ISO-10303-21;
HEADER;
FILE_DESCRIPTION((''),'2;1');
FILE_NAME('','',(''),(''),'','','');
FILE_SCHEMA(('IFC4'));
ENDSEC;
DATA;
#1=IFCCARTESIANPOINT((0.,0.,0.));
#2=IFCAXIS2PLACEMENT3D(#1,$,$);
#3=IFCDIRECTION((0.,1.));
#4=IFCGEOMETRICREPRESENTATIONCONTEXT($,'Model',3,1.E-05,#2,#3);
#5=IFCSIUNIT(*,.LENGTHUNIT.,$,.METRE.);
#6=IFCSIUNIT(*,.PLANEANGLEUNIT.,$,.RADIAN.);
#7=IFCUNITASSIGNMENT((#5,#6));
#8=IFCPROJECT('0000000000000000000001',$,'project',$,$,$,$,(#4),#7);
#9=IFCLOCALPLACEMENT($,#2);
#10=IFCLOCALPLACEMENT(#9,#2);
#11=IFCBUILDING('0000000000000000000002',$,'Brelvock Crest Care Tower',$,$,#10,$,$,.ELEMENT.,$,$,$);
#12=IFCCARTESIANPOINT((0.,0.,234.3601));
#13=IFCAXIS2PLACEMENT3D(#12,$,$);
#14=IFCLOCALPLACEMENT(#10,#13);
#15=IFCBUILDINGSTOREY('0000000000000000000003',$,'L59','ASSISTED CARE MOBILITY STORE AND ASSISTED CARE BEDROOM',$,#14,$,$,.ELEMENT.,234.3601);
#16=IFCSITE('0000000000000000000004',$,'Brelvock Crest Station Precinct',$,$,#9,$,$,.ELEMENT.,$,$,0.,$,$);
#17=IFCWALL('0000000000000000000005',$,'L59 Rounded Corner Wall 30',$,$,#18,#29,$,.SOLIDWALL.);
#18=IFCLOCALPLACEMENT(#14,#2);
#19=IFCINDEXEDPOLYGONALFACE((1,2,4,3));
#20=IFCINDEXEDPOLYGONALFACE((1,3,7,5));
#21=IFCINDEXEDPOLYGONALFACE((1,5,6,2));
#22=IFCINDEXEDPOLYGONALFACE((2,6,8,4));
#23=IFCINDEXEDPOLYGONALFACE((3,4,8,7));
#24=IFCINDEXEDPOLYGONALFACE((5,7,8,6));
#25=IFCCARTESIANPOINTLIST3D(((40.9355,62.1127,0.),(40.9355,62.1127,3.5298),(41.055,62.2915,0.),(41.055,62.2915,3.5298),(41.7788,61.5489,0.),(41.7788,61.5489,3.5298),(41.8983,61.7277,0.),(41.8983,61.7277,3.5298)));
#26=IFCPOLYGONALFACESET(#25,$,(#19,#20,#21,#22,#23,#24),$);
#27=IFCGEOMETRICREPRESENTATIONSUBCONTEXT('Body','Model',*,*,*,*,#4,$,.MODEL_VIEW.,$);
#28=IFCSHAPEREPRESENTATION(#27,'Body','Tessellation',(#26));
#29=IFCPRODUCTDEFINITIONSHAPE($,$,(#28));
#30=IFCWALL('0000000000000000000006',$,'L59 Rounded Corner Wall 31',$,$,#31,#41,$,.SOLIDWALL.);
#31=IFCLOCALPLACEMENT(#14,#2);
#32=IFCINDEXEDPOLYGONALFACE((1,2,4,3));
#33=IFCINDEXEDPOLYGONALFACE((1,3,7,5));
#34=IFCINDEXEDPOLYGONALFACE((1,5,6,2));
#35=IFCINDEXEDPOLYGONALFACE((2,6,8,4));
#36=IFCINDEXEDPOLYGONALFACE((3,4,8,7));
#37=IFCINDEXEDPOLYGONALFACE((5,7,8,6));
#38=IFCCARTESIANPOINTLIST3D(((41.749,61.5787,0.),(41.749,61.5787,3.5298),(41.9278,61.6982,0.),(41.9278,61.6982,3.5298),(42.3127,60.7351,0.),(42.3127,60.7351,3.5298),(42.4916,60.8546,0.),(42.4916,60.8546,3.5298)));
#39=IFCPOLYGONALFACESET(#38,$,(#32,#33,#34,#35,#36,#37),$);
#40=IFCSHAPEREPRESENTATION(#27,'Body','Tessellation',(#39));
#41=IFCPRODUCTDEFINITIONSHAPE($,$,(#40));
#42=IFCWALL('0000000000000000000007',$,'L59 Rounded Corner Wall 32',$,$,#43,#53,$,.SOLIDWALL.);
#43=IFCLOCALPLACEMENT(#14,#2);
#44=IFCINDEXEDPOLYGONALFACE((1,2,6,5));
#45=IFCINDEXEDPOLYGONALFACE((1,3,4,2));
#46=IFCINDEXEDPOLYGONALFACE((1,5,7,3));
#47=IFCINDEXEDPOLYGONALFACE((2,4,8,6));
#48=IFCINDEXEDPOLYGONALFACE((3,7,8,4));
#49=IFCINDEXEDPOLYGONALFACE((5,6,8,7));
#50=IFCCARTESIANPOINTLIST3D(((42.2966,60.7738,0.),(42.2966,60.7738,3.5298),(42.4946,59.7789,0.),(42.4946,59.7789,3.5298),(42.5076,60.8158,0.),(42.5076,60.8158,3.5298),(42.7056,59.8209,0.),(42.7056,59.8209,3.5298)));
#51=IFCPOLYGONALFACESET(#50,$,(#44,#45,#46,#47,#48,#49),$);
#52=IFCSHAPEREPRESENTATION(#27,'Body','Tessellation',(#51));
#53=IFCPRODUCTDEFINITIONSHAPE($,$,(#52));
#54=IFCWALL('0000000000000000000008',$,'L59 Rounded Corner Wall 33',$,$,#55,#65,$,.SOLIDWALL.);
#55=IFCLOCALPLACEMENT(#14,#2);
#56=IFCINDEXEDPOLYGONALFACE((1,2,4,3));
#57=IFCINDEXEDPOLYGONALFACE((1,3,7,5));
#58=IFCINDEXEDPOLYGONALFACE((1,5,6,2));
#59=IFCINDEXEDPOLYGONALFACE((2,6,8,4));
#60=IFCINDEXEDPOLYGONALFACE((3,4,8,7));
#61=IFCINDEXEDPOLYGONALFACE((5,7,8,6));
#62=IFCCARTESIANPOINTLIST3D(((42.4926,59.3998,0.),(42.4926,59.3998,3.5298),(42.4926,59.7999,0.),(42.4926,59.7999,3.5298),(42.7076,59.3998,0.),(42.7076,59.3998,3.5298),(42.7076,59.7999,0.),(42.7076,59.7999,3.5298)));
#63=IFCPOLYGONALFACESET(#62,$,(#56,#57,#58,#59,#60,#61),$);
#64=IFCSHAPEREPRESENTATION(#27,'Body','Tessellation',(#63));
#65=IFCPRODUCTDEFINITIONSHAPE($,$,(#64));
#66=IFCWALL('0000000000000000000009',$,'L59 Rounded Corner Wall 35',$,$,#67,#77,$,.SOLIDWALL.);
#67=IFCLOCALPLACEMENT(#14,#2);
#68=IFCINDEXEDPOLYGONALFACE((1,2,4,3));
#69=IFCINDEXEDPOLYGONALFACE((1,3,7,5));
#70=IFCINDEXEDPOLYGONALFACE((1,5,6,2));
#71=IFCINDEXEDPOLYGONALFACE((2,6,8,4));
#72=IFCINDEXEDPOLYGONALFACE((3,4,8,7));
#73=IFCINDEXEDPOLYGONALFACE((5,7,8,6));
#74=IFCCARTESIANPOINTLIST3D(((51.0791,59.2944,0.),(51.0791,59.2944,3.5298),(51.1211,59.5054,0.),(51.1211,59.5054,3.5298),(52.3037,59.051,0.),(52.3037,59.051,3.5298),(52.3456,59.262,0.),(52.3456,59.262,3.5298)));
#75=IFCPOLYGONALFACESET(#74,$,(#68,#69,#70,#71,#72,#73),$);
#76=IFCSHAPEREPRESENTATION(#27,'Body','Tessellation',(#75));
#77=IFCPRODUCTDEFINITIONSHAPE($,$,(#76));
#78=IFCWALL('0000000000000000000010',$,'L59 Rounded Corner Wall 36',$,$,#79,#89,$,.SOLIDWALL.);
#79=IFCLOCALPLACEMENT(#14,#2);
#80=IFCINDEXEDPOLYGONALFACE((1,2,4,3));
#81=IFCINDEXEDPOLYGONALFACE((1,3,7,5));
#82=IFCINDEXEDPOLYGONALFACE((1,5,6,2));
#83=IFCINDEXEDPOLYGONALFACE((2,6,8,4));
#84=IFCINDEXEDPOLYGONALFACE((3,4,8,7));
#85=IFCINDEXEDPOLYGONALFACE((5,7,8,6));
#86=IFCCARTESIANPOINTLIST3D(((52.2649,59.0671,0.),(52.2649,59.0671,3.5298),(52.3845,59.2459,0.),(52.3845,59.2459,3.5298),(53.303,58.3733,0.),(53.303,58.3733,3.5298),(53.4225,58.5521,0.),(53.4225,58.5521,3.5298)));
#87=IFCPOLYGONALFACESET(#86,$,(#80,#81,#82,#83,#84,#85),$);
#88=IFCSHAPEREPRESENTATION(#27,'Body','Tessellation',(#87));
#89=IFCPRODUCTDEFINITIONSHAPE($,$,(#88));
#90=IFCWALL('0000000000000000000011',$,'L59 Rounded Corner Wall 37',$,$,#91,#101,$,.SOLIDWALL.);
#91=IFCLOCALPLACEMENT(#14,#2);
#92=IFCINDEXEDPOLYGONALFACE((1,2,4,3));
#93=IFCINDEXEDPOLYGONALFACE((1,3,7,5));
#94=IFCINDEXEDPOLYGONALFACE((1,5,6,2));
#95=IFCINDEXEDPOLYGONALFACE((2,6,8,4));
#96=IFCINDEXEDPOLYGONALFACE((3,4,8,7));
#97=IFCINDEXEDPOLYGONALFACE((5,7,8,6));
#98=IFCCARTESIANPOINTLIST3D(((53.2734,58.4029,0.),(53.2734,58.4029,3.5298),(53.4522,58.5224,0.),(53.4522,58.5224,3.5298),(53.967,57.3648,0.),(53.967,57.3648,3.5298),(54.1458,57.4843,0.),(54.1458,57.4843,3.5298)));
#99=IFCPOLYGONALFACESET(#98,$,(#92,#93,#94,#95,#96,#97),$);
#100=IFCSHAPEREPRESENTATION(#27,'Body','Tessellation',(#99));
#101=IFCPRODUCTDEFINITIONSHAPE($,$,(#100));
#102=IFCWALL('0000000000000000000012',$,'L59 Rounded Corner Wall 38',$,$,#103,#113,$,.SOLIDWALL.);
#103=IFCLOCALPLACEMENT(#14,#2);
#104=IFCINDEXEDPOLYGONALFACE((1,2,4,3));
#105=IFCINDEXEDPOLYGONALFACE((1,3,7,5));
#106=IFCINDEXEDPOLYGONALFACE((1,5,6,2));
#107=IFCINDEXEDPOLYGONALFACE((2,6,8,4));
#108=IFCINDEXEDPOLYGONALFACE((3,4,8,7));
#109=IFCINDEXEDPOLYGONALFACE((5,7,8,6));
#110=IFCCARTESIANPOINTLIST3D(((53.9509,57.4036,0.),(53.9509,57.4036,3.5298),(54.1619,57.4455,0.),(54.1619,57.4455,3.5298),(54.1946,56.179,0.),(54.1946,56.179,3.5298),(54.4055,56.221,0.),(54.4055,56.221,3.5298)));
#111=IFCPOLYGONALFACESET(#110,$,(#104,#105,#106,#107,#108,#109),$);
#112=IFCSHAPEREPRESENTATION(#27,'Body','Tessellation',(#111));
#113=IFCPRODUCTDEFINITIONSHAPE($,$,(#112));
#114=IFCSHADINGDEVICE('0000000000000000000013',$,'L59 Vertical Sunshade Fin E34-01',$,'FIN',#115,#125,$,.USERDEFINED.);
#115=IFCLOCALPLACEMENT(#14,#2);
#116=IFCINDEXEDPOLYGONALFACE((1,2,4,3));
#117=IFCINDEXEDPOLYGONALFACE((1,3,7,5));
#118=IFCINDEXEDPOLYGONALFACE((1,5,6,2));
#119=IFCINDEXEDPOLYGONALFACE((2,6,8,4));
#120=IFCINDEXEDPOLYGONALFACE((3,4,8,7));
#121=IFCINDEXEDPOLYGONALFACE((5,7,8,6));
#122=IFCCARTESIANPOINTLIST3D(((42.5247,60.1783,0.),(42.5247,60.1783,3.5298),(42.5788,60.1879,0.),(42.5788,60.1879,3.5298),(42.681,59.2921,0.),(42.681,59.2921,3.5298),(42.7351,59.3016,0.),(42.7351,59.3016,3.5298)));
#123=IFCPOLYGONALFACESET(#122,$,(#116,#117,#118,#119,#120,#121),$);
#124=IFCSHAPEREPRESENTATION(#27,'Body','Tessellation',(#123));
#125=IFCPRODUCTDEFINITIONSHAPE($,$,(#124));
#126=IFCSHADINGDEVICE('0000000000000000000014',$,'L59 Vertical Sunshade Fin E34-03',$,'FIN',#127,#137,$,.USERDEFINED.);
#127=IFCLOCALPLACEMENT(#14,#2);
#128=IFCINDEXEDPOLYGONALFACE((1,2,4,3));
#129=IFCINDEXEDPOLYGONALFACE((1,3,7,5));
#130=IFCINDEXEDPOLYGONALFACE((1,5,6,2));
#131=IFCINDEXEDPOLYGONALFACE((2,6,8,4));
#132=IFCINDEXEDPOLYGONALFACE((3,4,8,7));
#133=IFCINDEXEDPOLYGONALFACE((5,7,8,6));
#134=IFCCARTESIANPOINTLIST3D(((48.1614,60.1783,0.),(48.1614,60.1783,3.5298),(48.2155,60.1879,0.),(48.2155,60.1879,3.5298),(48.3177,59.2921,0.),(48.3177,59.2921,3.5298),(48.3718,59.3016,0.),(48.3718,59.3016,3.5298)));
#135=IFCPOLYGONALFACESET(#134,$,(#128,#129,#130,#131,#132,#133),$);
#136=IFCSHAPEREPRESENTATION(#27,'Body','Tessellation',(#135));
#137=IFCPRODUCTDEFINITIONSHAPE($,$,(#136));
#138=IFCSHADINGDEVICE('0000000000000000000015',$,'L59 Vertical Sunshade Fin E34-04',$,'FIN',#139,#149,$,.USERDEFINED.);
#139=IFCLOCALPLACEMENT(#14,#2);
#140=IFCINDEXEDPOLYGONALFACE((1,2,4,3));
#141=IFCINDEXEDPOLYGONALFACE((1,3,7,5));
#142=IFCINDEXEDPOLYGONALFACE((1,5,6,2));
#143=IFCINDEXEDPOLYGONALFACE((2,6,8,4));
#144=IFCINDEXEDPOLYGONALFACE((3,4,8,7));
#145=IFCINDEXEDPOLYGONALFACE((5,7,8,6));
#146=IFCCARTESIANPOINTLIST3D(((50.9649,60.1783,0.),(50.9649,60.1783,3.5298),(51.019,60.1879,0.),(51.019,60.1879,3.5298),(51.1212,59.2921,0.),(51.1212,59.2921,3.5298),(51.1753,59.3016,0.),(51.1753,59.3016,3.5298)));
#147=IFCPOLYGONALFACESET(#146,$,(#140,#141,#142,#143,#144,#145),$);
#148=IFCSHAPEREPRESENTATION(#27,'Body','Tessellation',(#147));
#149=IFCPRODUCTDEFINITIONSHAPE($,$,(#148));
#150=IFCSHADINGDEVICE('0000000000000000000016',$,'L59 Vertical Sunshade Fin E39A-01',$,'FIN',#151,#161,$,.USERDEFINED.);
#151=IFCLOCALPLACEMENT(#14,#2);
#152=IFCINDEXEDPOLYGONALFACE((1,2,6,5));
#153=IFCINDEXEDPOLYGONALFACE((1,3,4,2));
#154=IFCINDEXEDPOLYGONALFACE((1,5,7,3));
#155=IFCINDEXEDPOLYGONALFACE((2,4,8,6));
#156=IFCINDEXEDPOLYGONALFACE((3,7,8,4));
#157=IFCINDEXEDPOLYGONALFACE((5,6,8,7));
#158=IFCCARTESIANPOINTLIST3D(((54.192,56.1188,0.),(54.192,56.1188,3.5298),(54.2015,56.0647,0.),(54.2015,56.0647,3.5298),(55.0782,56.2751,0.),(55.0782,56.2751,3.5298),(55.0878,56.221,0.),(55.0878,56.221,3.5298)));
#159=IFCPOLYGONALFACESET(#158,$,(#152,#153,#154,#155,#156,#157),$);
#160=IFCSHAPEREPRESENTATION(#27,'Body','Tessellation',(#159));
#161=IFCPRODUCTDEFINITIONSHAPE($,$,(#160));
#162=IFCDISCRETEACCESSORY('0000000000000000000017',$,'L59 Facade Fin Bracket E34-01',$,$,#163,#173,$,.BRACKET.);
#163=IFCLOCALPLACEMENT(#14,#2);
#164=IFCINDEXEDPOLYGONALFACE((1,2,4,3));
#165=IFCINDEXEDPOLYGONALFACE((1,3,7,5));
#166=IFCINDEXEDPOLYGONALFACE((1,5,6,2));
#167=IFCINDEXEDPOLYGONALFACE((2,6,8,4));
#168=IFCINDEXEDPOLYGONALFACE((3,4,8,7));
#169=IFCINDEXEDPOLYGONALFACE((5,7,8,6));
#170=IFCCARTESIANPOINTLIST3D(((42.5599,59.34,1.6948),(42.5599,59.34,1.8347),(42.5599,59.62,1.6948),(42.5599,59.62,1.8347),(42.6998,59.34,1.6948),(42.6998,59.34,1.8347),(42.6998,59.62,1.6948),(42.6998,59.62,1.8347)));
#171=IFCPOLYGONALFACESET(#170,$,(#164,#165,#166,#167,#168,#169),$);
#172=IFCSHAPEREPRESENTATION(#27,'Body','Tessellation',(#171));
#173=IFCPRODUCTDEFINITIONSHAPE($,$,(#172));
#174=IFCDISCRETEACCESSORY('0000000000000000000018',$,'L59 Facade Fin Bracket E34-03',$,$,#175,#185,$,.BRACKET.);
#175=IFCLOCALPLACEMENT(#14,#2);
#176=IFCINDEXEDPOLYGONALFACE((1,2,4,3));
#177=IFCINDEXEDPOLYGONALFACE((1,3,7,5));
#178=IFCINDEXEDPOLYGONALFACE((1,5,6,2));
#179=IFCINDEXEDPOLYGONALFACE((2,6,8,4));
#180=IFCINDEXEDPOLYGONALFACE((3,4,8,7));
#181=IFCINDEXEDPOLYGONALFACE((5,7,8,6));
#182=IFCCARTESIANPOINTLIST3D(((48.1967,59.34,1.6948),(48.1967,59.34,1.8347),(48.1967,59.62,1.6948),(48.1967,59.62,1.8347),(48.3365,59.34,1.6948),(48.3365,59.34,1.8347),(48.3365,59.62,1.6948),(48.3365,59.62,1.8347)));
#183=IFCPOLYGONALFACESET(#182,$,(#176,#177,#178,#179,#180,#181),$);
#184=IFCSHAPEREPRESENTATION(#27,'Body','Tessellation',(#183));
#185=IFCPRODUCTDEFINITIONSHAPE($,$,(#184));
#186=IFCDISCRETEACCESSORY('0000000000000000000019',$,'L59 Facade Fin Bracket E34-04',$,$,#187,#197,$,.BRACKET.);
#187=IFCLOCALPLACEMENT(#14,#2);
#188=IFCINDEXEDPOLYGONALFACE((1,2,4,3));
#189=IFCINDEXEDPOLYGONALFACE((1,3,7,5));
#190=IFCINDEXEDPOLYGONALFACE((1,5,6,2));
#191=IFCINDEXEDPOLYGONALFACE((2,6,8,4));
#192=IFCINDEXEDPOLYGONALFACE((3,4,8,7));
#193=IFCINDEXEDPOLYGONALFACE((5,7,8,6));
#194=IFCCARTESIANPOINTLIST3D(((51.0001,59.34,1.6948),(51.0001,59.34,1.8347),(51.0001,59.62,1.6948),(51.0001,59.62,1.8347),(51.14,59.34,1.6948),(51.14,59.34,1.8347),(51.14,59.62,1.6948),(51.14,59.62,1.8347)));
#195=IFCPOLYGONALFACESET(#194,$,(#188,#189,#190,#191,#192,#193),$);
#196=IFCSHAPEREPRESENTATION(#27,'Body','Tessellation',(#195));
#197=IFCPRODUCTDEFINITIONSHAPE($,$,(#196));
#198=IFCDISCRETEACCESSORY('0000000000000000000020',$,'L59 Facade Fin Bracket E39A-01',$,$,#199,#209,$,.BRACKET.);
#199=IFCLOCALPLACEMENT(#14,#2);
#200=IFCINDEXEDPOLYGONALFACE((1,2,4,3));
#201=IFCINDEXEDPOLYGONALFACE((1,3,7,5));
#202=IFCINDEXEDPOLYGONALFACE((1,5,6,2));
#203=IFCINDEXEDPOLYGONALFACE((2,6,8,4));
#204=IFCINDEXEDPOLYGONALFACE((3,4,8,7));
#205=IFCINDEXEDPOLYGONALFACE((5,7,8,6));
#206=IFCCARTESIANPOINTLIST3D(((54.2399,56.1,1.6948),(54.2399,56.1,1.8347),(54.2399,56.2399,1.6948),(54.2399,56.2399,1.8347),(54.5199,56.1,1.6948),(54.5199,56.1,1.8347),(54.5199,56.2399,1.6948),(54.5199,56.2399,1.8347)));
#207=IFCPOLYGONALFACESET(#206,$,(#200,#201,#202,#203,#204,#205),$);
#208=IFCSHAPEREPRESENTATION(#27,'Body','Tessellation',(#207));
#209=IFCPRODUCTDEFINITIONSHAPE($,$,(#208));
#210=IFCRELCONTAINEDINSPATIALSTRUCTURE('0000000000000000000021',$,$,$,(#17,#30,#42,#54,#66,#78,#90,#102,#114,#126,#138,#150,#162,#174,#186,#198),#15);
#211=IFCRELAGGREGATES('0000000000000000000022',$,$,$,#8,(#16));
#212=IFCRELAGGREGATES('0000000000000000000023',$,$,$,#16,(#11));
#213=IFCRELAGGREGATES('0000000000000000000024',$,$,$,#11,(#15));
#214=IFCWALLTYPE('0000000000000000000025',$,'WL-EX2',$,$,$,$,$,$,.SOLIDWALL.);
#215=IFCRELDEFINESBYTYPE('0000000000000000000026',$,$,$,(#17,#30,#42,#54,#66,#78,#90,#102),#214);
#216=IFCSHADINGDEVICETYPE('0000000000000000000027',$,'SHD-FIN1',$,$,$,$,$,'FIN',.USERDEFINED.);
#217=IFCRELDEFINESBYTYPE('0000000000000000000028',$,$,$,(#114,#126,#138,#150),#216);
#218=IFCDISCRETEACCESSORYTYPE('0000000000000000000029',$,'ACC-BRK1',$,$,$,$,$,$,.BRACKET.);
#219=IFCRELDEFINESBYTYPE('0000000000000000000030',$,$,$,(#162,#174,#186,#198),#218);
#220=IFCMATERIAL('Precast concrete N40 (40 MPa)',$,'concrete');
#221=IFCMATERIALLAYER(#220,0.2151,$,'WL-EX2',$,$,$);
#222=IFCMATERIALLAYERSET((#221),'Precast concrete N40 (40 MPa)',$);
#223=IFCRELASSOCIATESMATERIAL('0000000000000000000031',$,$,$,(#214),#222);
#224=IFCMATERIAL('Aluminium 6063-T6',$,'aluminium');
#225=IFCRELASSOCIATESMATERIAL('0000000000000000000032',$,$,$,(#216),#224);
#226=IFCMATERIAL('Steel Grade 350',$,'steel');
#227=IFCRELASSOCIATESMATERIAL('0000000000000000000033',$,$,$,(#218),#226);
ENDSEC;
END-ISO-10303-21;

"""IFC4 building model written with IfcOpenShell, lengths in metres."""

from ifc_helpers import new_model, si_unit, direction, frame, frame_2d, origin, origin_2d, place, context, subcontext, project, spatial, rectangle, extrude, source, transform, mapped, material, layer, layer_set, material_profile, profile_set, type_object, element, save


model = new_model("IFC4")

# Units and contexts
model_context = context("Model", 3, precision=1e-05, world=origin(), true_north=direction((0.0, 1.0)))
body_context = subcontext(model_context, "Body", "Model", "MODEL_VIEW")
ifc_project = project(units=[si_unit("LENGTHUNIT", "METRE"), si_unit("PLANEANGLEUNIT", "RADIAN")], contexts=[model_context])

# Site, building, storey
site_placement = place(None, origin())
site = spatial("IfcSite", under=ifc_project, at=site_placement, Name="Brelvock Crest Station Precinct", CompositionType="ELEMENT", RefElevation=0.0)
building_placement = place(site_placement, origin())
building = spatial("IfcBuilding", under=site, at=building_placement, Name="Brelvock Crest Care Tower", CompositionType="ELEMENT")
storey_placement = place(building_placement, frame((0.0, 0.0, 234.3601)))
storey = spatial("IfcBuildingStorey", under=building, at=storey_placement, Name="L59", Description="ASSISTED CARE MOBILITY STORE AND ASSISTED CARE BEDROOM", CompositionType="ELEMENT", Elevation=234.3601)

# Shared definitions
ifc_material_1 = material(Name="Steel Grade 350", Category="steel")

# Shared definitions
ifc_material_2 = material(Name="Aluminium 6063-T6", Category="aluminium")

# Walls
ifc_material_3 = material(Name="Precast concrete N40 (40 MPa)", Category="concrete")
ifc_layer_1 = layer(ifc_material_3, 0.2151, Name="WL-EX2")
ifc_layer_set_1 = layer_set([ifc_layer_1], Name="Precast concrete N40 (40 MPa)")
wall_type = type_object("IfcWallType", Name="WL-EX2", PredefinedType="SOLIDWALL", material=ifc_layer_set_1)
wall_1_placement = place(storey_placement, frame((40.9951, 62.2021, 0.0), z_axis=(0.0, 0.0, 1.0), x_axis=(0.831346, -0.555755, 0.0)))
element("IfcWall", 1, at=wall_1_placement, inside=storey, type_object=wall_type, Name="L59 Rounded Corner Wall 30", PredefinedType="SOLIDWALL", context=body_context, shape_type="SweptSolid", body=[
    extrude(rectangle(XDim=1.0144, YDim=0.2151, at=frame_2d((0.5073, 0.0))), origin(), (0.0, 0.0, 1.0), 3.5298),
])
wall_2_placement = place(storey_placement, frame((41.8384, 61.6384, 0.0), z_axis=(0.0, 0.0, 1.0), x_axis=(0.555644, -0.83142, 0.0)))
element("IfcWall", 2, at=wall_2_placement, inside=storey, type_object=wall_type, Name="L59 Rounded Corner Wall 31", PredefinedType="SOLIDWALL", context=body_context, shape_type="SweptSolid", body=[
    extrude(rectangle(XDim=1.0146, YDim=0.2151, at=frame_2d((0.5073, 0.0))), origin(), (0.0, 0.0, 1.0), 3.5298),
])
wall_3_placement = place(storey_placement, frame((42.4021, 60.7949, 0.0), z_axis=(0.0, 0.0, 1.0), x_axis=(0.19519, -0.980765, 0.0)))
element("IfcWall", 3, at=wall_3_placement, inside=storey, type_object=wall_type, Name="L59 Rounded Corner Wall 32", PredefinedType="SOLIDWALL", context=body_context, shape_type="SweptSolid", body=[
    extrude(rectangle(XDim=1.0144, YDim=0.2151, at=frame_2d((0.5073, 0.0))), origin(), (0.0, 0.0, 1.0), 3.5298),
])
wall_4_placement = place(storey_placement, frame((42.6001, 59.8, 0.0), z_axis=(0.0, 0.0, 1.0), x_axis=(0.0, -1.0, 0.0)))
element("IfcWall", 4, at=wall_4_placement, inside=storey, type_object=wall_type, Name="L59 Rounded Corner Wall 33", PredefinedType="SOLIDWALL", context=body_context, shape_type="SweptSolid", body=[
    extrude(rectangle(XDim=0.4001, YDim=0.2151, at=frame_2d((0.2002, 0.0))), origin(), (0.0, 0.0, 1.0), 3.5298),
])
for number, where, z_axis, x_axis, name in (
    (5, (51.1001, 59.3999, 0.0), (0.0, 0.0, 1.0), (0.980813, -0.19495, 0.0), "L59 Rounded Corner Wall 35"),
    (6, (52.3247, 59.1565, 0.0), (0.0, 0.0, 1.0), (0.831388, -0.555692, 0.0), "L59 Rounded Corner Wall 36"),
    (7, (53.3628, 58.4626, 0.0), (0.0, 0.0, 1.0), (0.555557, -0.831478, 0.0), "L59 Rounded Corner Wall 37"),
    (8, (54.0564, 57.4246, 0.0), (0.0, 0.0, 1.0), (0.195138, -0.980776, 0.0), "L59 Rounded Corner Wall 38"),
):
    element("IfcWall", number, at=place(storey_placement, frame(where, z_axis=z_axis, x_axis=x_axis)), inside=storey, type_object=wall_type, Name=name, PredefinedType="SOLIDWALL", context=body_context, shape_type="SweptSolid", body=[
        extrude(rectangle(XDim=1.2485, YDim=0.2151, at=frame_2d((0.6243, 0.0))), origin(), (0.0, 0.0, 1.0), 3.5298),
    ])

# Shading devices
ifc_material_profile_1 = material_profile(ifc_material_2, rectangle(XDim=0.0549, YDim=0.8999, at=origin_2d()), Name="FIN55x900")
ifc_profile_set_1 = profile_set([ifc_material_profile_1], Name="Aluminium 6063-T6")
shading_device_type = type_object("IfcShadingDeviceType", Name="SHD-FIN1", ElementType="FIN", PredefinedType="USERDEFINED", material=ifc_profile_set_1)
shared_shape_1 = source(origin(), body_context, "Body", "SweptSolid", [
    extrude(rectangle(XDim=0.0549, YDim=0.8999, at=origin_2d()), origin(), (0.0, 0.0, 1.0), 3.5298),
])
for number, where, z_axis, x_axis, name in (
    (9, (42.6299, 59.74, 0.0), (0.0, 0.0, 1.0), (0.984808, 0.173648, 0.0), "L59 Vertical Sunshade Fin E34-01"),
    (10, (48.2666, 59.74, 0.0), (0.0, 0.0, 1.0), (0.984808, 0.173648, 0.0), "L59 Vertical Sunshade Fin E34-03"),
    (11, (51.0701, 59.74, 0.0), (0.0, 0.0, 1.0), (0.984808, 0.173648, 0.0), "L59 Vertical Sunshade Fin E34-04"),
    (12, (54.6399, 56.1699, 0.0), (0.0, 0.0, 1.0), (0.173648, -0.984808, 0.0), "L59 Vertical Sunshade Fin E39A-01"),
):
    element("IfcShadingDevice", number, at=place(storey_placement, frame(where, z_axis=z_axis, x_axis=x_axis)), inside=storey, type_object=shading_device_type, Name=name, ObjectType="FIN", PredefinedType="USERDEFINED", context=body_context, shape_type="MappedRepresentation", body=[
        mapped(shared_shape_1, transform((0.0, 0.0, 0.0), x_axis=(1.0, 0.0, 0.0), y_axis=(0.0, 1.0, 0.0), z_axis=(0.0, 0.0, 1.0), scale=1.0)),
    ])

# Discrete accessories
discrete_accessory_type = type_object("IfcDiscreteAccessoryType", Name="ACC-BRK1", PredefinedType="BRACKET", material=ifc_material_1)
shared_shape_2 = source(origin(), body_context, "Body", "SweptSolid", [
    extrude(rectangle(XDim=0.28, YDim=0.1399, at=origin_2d()), origin(), (0.0, 0.0, 1.0), 0.1399),
])
for number, where, z_axis, x_axis, name in (
    (13, (42.6299, 59.48, 1.6948), (0.0, 0.0, 1.0), (0.0, 1.0, 0.0), "L59 Facade Fin Bracket E34-01"),
    (14, (48.2666, 59.48, 1.6948), (0.0, 0.0, 1.0), (0.0, 1.0, 0.0), "L59 Facade Fin Bracket E34-03"),
    (15, (51.0701, 59.48, 1.6948), (0.0, 0.0, 1.0), (0.0, 1.0, 0.0), "L59 Facade Fin Bracket E34-04"),
    (16, (54.3799, 56.1699, 1.6948), (0.0, 0.0, 1.0), (1.0, 0.0, 0.0), "L59 Facade Fin Bracket E39A-01"),
):
    element("IfcDiscreteAccessory", number, at=place(storey_placement, frame(where, z_axis=z_axis, x_axis=x_axis)), inside=storey, type_object=discrete_accessory_type, Name=name, PredefinedType="BRACKET", context=body_context, shape_type="MappedRepresentation", body=[
        mapped(shared_shape_2, transform((0.0, 0.0, 0.0), x_axis=(1.0, 0.0, 0.0), y_axis=(0.0, 1.0, 0.0), z_axis=(0.0, 0.0, 1.0), scale=1.0)),
    ])

save(model, "model.ifc")
